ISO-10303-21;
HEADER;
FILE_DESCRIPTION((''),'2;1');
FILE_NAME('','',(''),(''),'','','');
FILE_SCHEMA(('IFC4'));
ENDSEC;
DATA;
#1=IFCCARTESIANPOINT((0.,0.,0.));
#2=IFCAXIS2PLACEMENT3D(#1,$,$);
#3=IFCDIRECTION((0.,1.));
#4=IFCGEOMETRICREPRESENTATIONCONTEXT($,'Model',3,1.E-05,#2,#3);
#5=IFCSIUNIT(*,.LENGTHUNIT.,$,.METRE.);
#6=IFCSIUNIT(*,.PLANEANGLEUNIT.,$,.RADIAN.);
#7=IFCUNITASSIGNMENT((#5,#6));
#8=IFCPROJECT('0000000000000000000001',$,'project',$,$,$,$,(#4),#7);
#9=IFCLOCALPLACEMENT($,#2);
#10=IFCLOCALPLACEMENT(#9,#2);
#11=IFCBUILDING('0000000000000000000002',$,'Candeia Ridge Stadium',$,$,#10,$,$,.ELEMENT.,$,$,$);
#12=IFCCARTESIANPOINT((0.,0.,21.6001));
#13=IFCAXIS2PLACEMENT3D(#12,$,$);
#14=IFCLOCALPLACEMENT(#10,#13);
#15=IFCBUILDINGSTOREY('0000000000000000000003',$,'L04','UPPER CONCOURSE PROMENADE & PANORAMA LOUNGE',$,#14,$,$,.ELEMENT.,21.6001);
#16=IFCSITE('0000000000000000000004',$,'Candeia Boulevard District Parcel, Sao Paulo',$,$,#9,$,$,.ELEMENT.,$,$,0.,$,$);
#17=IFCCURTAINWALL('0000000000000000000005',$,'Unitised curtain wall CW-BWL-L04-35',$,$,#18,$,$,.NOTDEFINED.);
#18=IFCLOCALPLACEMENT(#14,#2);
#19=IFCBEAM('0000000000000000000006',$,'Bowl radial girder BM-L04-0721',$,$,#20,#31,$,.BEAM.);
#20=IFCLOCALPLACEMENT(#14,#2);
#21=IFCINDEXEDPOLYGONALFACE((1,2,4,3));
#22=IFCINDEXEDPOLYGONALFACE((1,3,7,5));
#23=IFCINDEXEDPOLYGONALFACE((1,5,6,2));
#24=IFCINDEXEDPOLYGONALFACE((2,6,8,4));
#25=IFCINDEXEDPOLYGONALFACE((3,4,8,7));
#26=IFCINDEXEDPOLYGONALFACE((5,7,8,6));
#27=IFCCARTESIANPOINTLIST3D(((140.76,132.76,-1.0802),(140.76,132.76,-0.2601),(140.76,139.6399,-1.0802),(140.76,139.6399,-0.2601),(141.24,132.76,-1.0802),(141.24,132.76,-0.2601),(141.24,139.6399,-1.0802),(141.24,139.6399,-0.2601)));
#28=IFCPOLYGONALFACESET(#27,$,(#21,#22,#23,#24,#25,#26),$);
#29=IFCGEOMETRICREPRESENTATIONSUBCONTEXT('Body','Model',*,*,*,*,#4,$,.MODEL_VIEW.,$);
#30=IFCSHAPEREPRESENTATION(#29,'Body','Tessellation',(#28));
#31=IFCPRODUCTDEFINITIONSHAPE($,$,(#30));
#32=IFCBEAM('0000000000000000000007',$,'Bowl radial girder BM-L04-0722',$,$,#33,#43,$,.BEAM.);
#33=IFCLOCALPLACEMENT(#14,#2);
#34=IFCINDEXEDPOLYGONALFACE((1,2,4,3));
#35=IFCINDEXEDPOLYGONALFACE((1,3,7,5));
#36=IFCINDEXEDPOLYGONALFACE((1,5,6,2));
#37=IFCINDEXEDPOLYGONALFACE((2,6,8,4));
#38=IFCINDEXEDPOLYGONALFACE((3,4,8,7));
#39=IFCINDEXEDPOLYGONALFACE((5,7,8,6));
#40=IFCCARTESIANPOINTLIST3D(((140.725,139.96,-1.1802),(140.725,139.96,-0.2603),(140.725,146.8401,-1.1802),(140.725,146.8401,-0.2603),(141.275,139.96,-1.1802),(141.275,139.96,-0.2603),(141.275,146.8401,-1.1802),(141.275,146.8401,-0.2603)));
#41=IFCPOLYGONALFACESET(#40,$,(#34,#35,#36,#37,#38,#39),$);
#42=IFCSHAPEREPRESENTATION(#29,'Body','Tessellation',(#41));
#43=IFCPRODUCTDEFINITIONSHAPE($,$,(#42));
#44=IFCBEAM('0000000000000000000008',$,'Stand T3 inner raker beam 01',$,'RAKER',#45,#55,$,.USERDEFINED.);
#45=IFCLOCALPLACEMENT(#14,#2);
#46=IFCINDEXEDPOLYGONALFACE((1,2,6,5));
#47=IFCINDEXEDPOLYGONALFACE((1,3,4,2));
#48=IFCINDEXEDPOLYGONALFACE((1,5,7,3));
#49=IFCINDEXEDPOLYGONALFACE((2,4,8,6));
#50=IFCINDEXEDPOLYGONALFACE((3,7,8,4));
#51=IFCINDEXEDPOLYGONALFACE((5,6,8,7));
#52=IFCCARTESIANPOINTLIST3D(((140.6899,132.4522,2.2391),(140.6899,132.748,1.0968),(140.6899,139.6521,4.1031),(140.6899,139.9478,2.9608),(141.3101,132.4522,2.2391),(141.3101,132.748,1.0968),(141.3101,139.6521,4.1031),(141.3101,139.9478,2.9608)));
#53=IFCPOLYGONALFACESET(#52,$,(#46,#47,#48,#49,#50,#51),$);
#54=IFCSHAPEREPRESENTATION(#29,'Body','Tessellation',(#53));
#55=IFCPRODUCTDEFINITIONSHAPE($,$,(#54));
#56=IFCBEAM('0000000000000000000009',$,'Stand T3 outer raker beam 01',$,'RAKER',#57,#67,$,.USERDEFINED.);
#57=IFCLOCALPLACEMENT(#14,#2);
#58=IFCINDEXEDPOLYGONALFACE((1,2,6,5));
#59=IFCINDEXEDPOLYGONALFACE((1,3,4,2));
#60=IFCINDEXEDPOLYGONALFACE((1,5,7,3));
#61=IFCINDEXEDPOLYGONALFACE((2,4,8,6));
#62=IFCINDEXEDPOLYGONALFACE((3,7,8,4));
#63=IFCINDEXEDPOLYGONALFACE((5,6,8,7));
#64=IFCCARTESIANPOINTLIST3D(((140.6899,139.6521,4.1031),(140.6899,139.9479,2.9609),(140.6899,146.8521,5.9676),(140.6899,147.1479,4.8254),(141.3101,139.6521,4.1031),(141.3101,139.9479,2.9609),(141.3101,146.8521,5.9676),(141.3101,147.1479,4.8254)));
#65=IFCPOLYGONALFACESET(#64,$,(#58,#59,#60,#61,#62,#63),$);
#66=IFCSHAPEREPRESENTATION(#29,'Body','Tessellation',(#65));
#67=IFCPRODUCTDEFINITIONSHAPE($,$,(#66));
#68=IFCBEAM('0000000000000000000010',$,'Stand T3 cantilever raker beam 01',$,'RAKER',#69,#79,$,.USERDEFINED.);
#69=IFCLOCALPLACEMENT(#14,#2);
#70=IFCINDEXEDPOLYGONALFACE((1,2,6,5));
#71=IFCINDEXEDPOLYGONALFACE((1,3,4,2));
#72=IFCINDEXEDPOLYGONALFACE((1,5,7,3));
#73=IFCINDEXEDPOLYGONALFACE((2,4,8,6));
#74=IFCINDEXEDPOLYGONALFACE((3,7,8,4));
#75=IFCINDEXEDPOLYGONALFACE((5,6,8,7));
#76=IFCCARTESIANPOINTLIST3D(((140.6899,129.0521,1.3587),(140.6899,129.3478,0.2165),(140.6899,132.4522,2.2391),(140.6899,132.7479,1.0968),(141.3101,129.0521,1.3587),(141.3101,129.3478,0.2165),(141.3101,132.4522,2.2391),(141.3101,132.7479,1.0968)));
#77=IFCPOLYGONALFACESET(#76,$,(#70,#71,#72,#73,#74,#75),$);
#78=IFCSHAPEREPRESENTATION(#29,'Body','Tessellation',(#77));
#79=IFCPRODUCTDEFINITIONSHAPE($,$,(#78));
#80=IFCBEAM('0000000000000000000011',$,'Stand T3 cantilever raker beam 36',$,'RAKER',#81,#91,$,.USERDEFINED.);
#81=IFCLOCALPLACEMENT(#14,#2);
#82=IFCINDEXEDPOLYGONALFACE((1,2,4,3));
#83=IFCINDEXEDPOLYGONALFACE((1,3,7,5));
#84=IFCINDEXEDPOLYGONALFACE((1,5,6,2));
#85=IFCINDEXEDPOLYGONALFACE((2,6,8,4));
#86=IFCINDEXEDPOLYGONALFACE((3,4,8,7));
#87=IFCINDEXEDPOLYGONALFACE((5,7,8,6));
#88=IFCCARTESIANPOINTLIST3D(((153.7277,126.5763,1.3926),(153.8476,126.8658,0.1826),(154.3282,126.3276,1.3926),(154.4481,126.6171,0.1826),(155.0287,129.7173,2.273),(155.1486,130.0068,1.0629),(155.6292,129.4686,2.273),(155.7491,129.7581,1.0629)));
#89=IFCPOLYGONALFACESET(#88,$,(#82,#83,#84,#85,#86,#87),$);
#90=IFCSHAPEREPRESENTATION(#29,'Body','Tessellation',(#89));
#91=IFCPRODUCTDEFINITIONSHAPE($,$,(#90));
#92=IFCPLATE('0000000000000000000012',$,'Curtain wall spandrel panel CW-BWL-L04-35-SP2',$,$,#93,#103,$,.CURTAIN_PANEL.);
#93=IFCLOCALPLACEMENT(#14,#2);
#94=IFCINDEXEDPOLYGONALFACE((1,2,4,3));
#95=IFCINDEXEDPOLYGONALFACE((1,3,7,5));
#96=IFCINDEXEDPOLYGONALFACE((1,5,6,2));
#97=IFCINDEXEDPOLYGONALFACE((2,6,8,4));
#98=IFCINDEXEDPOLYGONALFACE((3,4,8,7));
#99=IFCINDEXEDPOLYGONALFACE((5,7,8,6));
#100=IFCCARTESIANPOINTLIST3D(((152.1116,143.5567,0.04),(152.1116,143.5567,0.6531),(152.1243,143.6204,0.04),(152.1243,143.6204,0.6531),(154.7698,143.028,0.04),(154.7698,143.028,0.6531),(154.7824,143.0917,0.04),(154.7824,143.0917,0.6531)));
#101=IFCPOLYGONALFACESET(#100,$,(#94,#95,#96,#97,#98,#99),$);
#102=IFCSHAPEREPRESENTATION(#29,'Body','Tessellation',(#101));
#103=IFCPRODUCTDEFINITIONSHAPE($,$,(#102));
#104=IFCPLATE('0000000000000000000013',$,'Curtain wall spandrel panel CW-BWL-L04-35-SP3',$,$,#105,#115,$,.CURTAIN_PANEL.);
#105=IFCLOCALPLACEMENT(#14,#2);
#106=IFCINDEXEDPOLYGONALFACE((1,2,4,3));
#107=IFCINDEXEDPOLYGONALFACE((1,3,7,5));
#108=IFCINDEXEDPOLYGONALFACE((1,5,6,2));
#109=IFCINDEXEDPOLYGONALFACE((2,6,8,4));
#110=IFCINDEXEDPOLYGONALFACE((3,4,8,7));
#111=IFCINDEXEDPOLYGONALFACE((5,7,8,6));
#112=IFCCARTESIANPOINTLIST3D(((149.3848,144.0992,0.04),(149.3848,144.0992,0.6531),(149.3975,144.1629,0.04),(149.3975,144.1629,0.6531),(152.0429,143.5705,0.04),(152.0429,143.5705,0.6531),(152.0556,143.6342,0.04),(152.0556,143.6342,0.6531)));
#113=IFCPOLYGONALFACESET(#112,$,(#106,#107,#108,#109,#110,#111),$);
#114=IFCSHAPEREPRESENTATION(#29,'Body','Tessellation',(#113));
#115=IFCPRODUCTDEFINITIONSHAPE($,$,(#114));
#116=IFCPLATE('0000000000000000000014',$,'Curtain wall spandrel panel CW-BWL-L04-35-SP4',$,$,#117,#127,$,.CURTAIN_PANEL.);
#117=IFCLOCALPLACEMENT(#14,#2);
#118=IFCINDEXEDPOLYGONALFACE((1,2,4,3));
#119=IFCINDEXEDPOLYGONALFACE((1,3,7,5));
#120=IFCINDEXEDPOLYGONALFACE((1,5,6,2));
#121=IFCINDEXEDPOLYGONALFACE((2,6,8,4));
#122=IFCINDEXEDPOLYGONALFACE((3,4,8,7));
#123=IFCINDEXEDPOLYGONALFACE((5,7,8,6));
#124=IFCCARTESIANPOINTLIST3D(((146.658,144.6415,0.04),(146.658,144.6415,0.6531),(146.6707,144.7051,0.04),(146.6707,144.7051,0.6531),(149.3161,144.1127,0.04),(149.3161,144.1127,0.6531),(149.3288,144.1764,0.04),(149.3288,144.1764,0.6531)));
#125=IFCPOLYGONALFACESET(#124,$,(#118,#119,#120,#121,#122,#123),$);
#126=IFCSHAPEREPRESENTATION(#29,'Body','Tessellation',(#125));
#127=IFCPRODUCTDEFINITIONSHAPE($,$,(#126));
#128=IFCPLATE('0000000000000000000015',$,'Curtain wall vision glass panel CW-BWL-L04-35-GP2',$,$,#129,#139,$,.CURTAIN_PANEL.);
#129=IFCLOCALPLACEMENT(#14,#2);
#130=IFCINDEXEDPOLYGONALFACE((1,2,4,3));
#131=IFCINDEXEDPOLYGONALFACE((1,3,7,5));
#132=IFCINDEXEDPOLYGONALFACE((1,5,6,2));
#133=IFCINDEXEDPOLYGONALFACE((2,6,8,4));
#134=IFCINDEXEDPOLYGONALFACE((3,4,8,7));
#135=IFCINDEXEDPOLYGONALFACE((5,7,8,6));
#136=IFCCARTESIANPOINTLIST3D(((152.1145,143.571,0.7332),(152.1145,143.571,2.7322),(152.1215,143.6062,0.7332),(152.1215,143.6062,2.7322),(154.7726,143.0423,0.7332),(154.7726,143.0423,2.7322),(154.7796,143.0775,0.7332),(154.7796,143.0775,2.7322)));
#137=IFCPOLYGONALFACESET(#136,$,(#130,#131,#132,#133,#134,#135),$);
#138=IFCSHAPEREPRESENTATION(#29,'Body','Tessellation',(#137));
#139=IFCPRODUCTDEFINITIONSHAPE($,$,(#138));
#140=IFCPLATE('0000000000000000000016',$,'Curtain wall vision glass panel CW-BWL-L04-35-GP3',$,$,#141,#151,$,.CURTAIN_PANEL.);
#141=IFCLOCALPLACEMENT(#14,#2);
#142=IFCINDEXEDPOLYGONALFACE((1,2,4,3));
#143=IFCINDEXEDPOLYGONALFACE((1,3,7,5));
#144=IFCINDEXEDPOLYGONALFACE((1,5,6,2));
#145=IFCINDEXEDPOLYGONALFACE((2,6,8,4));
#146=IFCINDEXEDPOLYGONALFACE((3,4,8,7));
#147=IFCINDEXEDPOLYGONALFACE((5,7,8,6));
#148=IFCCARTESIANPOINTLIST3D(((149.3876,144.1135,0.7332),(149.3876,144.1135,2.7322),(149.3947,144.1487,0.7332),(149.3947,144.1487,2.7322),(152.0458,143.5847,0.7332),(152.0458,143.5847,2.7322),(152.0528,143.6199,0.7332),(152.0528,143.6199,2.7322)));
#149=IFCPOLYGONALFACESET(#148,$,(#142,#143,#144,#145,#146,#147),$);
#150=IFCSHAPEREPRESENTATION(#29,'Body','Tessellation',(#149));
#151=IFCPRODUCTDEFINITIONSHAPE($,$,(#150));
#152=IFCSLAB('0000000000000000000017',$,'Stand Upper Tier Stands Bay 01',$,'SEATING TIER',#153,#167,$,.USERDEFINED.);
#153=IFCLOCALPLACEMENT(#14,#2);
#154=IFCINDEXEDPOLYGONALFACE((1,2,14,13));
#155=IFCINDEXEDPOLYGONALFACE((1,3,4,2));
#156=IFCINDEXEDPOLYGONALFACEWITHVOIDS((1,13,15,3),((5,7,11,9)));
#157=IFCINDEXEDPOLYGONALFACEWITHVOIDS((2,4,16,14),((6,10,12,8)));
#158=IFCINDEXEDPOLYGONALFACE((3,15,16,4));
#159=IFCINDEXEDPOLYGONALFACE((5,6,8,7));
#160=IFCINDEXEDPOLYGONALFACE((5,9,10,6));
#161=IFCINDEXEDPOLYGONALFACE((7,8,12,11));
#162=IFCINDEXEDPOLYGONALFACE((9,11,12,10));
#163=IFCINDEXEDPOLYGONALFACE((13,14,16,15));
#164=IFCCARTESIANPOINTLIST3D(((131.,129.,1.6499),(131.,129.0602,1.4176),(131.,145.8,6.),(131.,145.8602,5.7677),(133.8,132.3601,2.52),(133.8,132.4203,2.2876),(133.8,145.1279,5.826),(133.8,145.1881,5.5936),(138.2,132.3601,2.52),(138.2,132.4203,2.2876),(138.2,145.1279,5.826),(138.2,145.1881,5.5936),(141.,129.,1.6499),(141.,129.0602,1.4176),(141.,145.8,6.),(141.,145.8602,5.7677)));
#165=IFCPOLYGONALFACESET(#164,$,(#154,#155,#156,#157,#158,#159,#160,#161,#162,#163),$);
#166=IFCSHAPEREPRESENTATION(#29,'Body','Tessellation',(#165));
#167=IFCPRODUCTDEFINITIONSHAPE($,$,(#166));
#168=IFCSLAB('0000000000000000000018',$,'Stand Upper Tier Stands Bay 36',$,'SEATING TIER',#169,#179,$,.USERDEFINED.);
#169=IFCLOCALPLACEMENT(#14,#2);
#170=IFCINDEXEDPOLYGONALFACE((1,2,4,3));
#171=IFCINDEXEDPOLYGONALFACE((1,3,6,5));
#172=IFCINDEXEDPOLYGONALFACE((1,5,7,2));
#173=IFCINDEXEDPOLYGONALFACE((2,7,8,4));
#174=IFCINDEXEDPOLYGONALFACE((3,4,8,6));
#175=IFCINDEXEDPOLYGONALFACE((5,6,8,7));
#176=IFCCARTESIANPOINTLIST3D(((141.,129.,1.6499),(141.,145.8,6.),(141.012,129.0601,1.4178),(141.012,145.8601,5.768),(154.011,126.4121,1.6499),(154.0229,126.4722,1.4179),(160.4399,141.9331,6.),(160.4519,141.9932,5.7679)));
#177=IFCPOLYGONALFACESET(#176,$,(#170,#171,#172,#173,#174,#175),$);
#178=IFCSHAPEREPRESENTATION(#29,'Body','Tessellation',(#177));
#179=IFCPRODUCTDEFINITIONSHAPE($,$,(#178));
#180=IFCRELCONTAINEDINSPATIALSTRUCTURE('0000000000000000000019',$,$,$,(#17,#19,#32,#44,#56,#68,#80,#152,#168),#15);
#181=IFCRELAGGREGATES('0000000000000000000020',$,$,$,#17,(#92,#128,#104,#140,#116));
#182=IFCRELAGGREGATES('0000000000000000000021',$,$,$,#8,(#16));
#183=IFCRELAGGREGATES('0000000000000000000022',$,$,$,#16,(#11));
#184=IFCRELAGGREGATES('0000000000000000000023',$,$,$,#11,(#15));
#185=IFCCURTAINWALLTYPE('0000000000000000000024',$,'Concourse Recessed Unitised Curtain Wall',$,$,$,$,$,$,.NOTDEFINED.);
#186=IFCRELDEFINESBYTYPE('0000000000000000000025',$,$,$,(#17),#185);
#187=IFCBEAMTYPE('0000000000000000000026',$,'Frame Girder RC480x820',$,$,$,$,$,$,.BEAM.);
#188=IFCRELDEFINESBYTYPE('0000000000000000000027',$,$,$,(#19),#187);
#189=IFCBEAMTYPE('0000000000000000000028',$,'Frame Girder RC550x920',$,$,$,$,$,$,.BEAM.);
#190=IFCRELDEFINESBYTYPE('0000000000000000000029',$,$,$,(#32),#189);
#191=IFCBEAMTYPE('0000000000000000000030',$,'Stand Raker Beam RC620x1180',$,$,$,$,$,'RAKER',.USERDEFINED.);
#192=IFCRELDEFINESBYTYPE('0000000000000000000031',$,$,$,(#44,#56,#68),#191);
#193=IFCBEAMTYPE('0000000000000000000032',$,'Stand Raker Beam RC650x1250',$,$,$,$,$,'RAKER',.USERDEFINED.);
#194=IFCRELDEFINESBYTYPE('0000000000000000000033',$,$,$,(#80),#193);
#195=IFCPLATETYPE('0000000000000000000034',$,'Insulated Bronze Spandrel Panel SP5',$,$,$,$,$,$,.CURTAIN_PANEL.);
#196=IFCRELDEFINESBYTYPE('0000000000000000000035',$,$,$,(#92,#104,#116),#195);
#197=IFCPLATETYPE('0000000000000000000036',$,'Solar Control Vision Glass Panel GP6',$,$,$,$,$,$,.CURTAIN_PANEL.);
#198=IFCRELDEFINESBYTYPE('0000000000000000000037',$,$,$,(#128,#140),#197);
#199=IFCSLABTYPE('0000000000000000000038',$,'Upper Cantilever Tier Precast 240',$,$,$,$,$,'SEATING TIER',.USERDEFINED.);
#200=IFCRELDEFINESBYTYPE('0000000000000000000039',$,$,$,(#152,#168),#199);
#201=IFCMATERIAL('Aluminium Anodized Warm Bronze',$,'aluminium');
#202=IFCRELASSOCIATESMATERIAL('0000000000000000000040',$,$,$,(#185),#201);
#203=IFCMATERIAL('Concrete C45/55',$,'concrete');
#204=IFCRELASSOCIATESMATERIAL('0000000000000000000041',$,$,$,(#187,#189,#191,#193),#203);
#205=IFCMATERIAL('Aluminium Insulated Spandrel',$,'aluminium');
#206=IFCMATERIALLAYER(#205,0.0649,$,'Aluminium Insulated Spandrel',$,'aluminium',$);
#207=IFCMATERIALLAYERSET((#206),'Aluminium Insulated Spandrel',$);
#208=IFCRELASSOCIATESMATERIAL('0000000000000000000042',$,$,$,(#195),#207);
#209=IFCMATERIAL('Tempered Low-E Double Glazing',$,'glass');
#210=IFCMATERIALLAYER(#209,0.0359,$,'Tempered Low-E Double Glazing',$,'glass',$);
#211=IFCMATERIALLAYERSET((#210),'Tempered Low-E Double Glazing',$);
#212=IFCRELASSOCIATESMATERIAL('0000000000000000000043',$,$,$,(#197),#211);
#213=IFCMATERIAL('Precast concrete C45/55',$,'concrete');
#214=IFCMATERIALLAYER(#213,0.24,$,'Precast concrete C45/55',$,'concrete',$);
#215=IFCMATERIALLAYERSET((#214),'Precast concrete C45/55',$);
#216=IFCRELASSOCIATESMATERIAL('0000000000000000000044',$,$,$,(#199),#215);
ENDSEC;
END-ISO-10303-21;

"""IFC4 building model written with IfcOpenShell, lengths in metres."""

from ifc_helpers import new_model, si_unit, direction, frame, origin, origin_2d, place, context, subcontext, project, spatial, polyline, rectangle, outline, extrude, material, layer, layer_set, material_profile, profile_set, type_object, element, aggregate, save


model = new_model("IFC4")

# Units and contexts
model_context = context("Model", 3, precision=1e-05, world=origin(), true_north=direction((0.0, 1.0)))
body_context = subcontext(model_context, "Body", "Model", "MODEL_VIEW")
ifc_project = project(units=[si_unit("LENGTHUNIT", "METRE"), si_unit("PLANEANGLEUNIT", "RADIAN")], contexts=[model_context])

# Site, building, storey
site_placement = place(None, origin())
site = spatial("IfcSite", under=ifc_project, at=site_placement, Name="Candeia Boulevard District Parcel, Sao Paulo", CompositionType="ELEMENT", RefElevation=0.0)
building_placement = place(site_placement, origin())
building = spatial("IfcBuilding", under=site, at=building_placement, Name="Candeia Ridge Stadium", CompositionType="ELEMENT")
storey_placement = place(building_placement, frame((0.0, 0.0, 21.6001)))
storey = spatial("IfcBuildingStorey", under=building, at=storey_placement, Name="L04", Description="UPPER CONCOURSE PROMENADE & PANORAMA LOUNGE", CompositionType="ELEMENT", Elevation=21.6001)

# Shared definitions
ifc_material_1 = material(Name="Concrete C45/55", Category="concrete")

# Curtain wall
ifc_material_2 = material(Name="Aluminium Anodized Warm Bronze", Category="aluminium")
curtain_wall_type = type_object("IfcCurtainWallType", Name="Concourse Recessed Unitised Curtain Wall", PredefinedType="NOTDEFINED", material=ifc_material_2)
curtain_wall_placement = place(storey_placement, origin())
curtain_wall = element("IfcCurtainWall", 1, at=curtain_wall_placement, inside=storey, type_object=curtain_wall_type, Name="Unitised curtain wall CW-BWL-L04-35", PredefinedType="NOTDEFINED")

# Beams
ifc_material_profile_1 = material_profile(ifc_material_1, rectangle(XDim=0.48, YDim=0.8201, at=origin_2d()), Name="RC480x820", Category="concrete")
ifc_profile_set_1 = profile_set([ifc_material_profile_1], Name="Concrete C45/55")
beam_type_1 = type_object("IfcBeamType", Name="Frame Girder RC480x820", PredefinedType="BEAM", material=ifc_profile_set_1)
beam_1_placement = place(storey_placement, frame((141.0, 132.76, -0.6702), z_axis=(0.0, 1.0, 0.0), x_axis=(-1.0, 0.0, 0.0)))
element("IfcBeam", 2, at=beam_1_placement, inside=storey, type_object=beam_type_1, Name="Bowl radial girder BM-L04-0721", PredefinedType="BEAM", context=body_context, shape_type="SweptSolid", body=[
    extrude(rectangle(XDim=0.48, YDim=0.8201, at=origin_2d()), origin(), (0.0, 0.0, 1.0), 6.8799),
])
ifc_material_profile_2 = material_profile(ifc_material_1, rectangle(XDim=0.55, YDim=0.9199, at=origin_2d()), Name="RC550x920", Category="concrete")
ifc_profile_set_2 = profile_set([ifc_material_profile_2], Name="Concrete C45/55")
beam_type_2 = type_object("IfcBeamType", Name="Frame Girder RC550x920", PredefinedType="BEAM", material=ifc_profile_set_2)
beam_2_placement = place(storey_placement, frame((141.0, 139.96, -0.7202), z_axis=(0.0, 1.0, 0.0), x_axis=(-1.0, 0.0, 0.0)))
element("IfcBeam", 3, at=beam_2_placement, inside=storey, type_object=beam_type_2, Name="Bowl radial girder BM-L04-0722", PredefinedType="BEAM", context=body_context, shape_type="SweptSolid", body=[
    extrude(rectangle(XDim=0.55, YDim=0.9199, at=origin_2d()), origin(), (0.0, 0.0, 1.0), 6.8801),
])
ifc_material_profile_3 = material_profile(ifc_material_1, rectangle(XDim=0.6201, YDim=1.1799, at=origin_2d()), Name="RC620x1180", Category="concrete")
ifc_profile_set_3 = profile_set([ifc_material_profile_3], Name="Concrete C45/55")
beam_type_3 = type_object("IfcBeamType", Name="Stand Raker Beam RC620x1180", ElementType="RAKER", PredefinedType="USERDEFINED", material=ifc_profile_set_3)
beam_3_placement = place(storey_placement, frame((141.0, 132.6001, 1.668), z_axis=(0.0, 0.968083, 0.250629), x_axis=(-1.0, 0.0, 0.0)))
element("IfcBeam", 4, at=beam_3_placement, inside=storey, type_object=beam_type_3, Name="Stand T3 inner raker beam 01", ObjectType="RAKER", PredefinedType="USERDEFINED", context=body_context, shape_type="SweptSolid", body=[
    extrude(rectangle(XDim=0.6201, YDim=1.1799, at=origin_2d()), origin(), (0.0, 0.0, 1.0), 7.4373),
])
beam_4_placement = place(storey_placement, frame((141.0, 139.8, 3.532), z_axis=(0.0, 0.968067, 0.250691), x_axis=(-1.0, 0.0, 0.0)))
element("IfcBeam", 5, at=beam_4_placement, inside=storey, type_object=beam_type_3, Name="Stand T3 outer raker beam 01", ObjectType="RAKER", PredefinedType="USERDEFINED", context=body_context, shape_type="SweptSolid", body=[
    extrude(rectangle(XDim=0.6201, YDim=1.1799, at=origin_2d()), origin(), (0.0, 0.0, 1.0), 7.4375),
])
beam_5_placement = place(storey_placement, frame((141.0, 129.2, 0.7876), z_axis=(0.0, 0.968076, 0.250656), x_axis=(-1.0, 0.0, 0.0)))
element("IfcBeam", 6, at=beam_5_placement, inside=storey, type_object=beam_type_3, Name="Stand T3 cantilever raker beam 01", ObjectType="RAKER", PredefinedType="USERDEFINED", context=body_context, shape_type="SweptSolid", body=[
    extrude(rectangle(XDim=0.6201, YDim=1.1799, at=origin_2d()), origin(), (0.0, 0.0, 1.0), 3.5122),
])
ifc_material_profile_4 = material_profile(ifc_material_1, rectangle(XDim=0.6499, YDim=1.25, at=origin_2d()), Name="RC650x1250", Category="concrete")
ifc_profile_set_4 = profile_set([ifc_material_profile_4], Name="Concrete C45/55")
beam_type_4 = type_object("IfcBeamType", Name="Stand Raker Beam RC650x1250", ElementType="RAKER", PredefinedType="USERDEFINED", material=ifc_profile_set_4)
beam_6_placement = place(storey_placement, frame((154.0879, 126.5967, 0.7876), z_axis=(0.370449, 0.894388, 0.250673), x_axis=(-0.923886, 0.382667, 0.0)))
element("IfcBeam", 7, at=beam_6_placement, inside=storey, type_object=beam_type_4, Name="Stand T3 cantilever raker beam 36", ObjectType="RAKER", PredefinedType="USERDEFINED", context=body_context, shape_type="SweptSolid", body=[
    extrude(rectangle(XDim=0.6499, YDim=1.25, at=origin_2d()), origin(), (0.0, 0.0, 1.0), 3.512),
])

# Plates
ifc_material_3 = material(Name="Aluminium Insulated Spandrel", Category="aluminium")
ifc_layer_1 = layer(ifc_material_3, 0.0649, Name="Aluminium Insulated Spandrel", Category="aluminium")
ifc_layer_set_1 = layer_set([ifc_layer_1], Name="Aluminium Insulated Spandrel")
plate_type_1 = type_object("IfcPlateType", Name="Insulated Bronze Spandrel Panel SP5", PredefinedType="CURTAIN_PANEL", material=ifc_layer_set_1)
plate_1_placement = place(storey_placement, frame((153.447, 143.3242, 0.04), z_axis=(0.0, 0.0, 1.0), x_axis=(-0.980785, 0.19509, 0.0)))
plate_1 = element("IfcPlate", 8, at=plate_1_placement, type_object=plate_type_1, Name="Curtain wall spandrel panel CW-BWL-L04-35-SP2", PredefinedType="CURTAIN_PANEL", context=body_context, shape_type="SweptSolid", body=[
    extrude(rectangle(XDim=2.7102, YDim=0.0649, at=origin_2d()), origin(), (0.0, 0.0, 1.0), 0.613),
])
plate_2_placement = place(storey_placement, frame((150.7202, 143.8667, 0.04), z_axis=(0.0, 0.0, 1.0), x_axis=(-0.980785, 0.19509, 0.0)))
plate_2 = element("IfcPlate", 9, at=plate_2_placement, type_object=plate_type_1, Name="Curtain wall spandrel panel CW-BWL-L04-35-SP3", PredefinedType="CURTAIN_PANEL", context=body_context, shape_type="SweptSolid", body=[
    extrude(rectangle(XDim=2.7102, YDim=0.0649, at=origin_2d()), origin(), (0.0, 0.0, 1.0), 0.613),
])
plate_3_placement = place(storey_placement, frame((147.9934, 144.4089, 0.04), z_axis=(0.0, 0.0, 1.0), x_axis=(-0.980785, 0.19509, 0.0)))
plate_3 = element("IfcPlate", 10, at=plate_3_placement, type_object=plate_type_1, Name="Curtain wall spandrel panel CW-BWL-L04-35-SP4", PredefinedType="CURTAIN_PANEL", context=body_context, shape_type="SweptSolid", body=[
    extrude(rectangle(XDim=2.7102, YDim=0.0649, at=origin_2d()), origin(), (0.0, 0.0, 1.0), 0.613),
])
ifc_material_4 = material(Name="Tempered Low-E Double Glazing", Category="glass")
ifc_layer_2 = layer(ifc_material_4, 0.0359, Name="Tempered Low-E Double Glazing", Category="glass")
ifc_layer_set_2 = layer_set([ifc_layer_2], Name="Tempered Low-E Double Glazing")
plate_type_2 = type_object("IfcPlateType", Name="Solar Control Vision Glass Panel GP6", PredefinedType="CURTAIN_PANEL", material=ifc_layer_set_2)
plate_4_placement = place(storey_placement, frame((153.447, 143.3242, 0.7332), z_axis=(0.0, 0.0, 1.0), x_axis=(-0.980785, 0.19509, 0.0)))
plate_4 = element("IfcPlate", 11, at=plate_4_placement, type_object=plate_type_2, Name="Curtain wall vision glass panel CW-BWL-L04-35-GP2", PredefinedType="CURTAIN_PANEL", context=body_context, shape_type="SweptSolid", body=[
    extrude(rectangle(XDim=2.7102, YDim=0.0359, at=origin_2d()), origin(), (0.0, 0.0, 1.0), 1.999),
])
plate_5_placement = place(storey_placement, frame((150.7202, 143.8667, 0.7332), z_axis=(0.0, 0.0, 1.0), x_axis=(-0.980785, 0.19509, 0.0)))
plate_5 = element("IfcPlate", 12, at=plate_5_placement, type_object=plate_type_2, Name="Curtain wall vision glass panel CW-BWL-L04-35-GP3", PredefinedType="CURTAIN_PANEL", context=body_context, shape_type="SweptSolid", body=[
    extrude(rectangle(XDim=2.7102, YDim=0.0359, at=origin_2d()), origin(), (0.0, 0.0, 1.0), 1.999),
])
aggregate(curtain_wall, [plate_1, plate_4, plate_2, plate_5, plate_3])

# Slabs
ifc_material_5 = material(Name="Precast concrete C45/55", Category="concrete")
ifc_layer_3 = layer(ifc_material_5, 0.24, Name="Precast concrete C45/55", Category="concrete")
ifc_layer_set_3 = layer_set([ifc_layer_3], Name="Precast concrete C45/55")
slab_type = type_object("IfcSlabType", Name="Upper Cantilever Tier Precast 240", ElementType="SEATING TIER", PredefinedType="USERDEFINED", material=ifc_layer_set_3)
slab_1_placement = place(storey_placement, frame((141.0, 129.0, 1.6499), z_axis=(0.0, -0.250667, 0.968073), x_axis=(-1.0, 0.0, 0.0)))
element("IfcSlab", 13, at=slab_1_placement, inside=storey, type_object=slab_type, Name="Stand Upper Tier Stands Bay 01", ObjectType="SEATING TIER", PredefinedType="USERDEFINED", context=body_context, shape_type="SweptSolid", body=[
    extrude(outline(polyline([(0.0, 0.0), (10.0, 0.0), (10.0, -17.3541), (0.0, -17.3541), (0.0, 0.0)]), holes=[polyline([(2.8, -3.4709), (7.2, -3.4709), (7.2, -16.6598), (2.8, -16.6598), (2.8, -3.4709)])]), origin(), (0.0, 0.0, -1.0), 0.24),
])
slab_2_placement = place(storey_placement, frame((154.011, 126.4121, 1.6499), z_axis=(-0.049799, -0.250358, 0.966872), x_axis=(-0.980787, 0.19508, -0.000002)))
element("IfcSlab", 14, at=slab_2_placement, inside=storey, type_object=slab_type, Name="Stand Upper Tier Stands Bay 36", ObjectType="SEATING TIER", PredefinedType="USERDEFINED", context=body_context, shape_type="SweptSolid", body=[
    extrude(outline(polyline([(0.0, 0.0), (13.2659, 0.0), (16.5432, -17.0418), (-3.2776, -17.0415), (0.0, 0.0)])), origin(), (0.0, 0.0, -1.0), 0.24),
])

save(model, "model.ifc")
